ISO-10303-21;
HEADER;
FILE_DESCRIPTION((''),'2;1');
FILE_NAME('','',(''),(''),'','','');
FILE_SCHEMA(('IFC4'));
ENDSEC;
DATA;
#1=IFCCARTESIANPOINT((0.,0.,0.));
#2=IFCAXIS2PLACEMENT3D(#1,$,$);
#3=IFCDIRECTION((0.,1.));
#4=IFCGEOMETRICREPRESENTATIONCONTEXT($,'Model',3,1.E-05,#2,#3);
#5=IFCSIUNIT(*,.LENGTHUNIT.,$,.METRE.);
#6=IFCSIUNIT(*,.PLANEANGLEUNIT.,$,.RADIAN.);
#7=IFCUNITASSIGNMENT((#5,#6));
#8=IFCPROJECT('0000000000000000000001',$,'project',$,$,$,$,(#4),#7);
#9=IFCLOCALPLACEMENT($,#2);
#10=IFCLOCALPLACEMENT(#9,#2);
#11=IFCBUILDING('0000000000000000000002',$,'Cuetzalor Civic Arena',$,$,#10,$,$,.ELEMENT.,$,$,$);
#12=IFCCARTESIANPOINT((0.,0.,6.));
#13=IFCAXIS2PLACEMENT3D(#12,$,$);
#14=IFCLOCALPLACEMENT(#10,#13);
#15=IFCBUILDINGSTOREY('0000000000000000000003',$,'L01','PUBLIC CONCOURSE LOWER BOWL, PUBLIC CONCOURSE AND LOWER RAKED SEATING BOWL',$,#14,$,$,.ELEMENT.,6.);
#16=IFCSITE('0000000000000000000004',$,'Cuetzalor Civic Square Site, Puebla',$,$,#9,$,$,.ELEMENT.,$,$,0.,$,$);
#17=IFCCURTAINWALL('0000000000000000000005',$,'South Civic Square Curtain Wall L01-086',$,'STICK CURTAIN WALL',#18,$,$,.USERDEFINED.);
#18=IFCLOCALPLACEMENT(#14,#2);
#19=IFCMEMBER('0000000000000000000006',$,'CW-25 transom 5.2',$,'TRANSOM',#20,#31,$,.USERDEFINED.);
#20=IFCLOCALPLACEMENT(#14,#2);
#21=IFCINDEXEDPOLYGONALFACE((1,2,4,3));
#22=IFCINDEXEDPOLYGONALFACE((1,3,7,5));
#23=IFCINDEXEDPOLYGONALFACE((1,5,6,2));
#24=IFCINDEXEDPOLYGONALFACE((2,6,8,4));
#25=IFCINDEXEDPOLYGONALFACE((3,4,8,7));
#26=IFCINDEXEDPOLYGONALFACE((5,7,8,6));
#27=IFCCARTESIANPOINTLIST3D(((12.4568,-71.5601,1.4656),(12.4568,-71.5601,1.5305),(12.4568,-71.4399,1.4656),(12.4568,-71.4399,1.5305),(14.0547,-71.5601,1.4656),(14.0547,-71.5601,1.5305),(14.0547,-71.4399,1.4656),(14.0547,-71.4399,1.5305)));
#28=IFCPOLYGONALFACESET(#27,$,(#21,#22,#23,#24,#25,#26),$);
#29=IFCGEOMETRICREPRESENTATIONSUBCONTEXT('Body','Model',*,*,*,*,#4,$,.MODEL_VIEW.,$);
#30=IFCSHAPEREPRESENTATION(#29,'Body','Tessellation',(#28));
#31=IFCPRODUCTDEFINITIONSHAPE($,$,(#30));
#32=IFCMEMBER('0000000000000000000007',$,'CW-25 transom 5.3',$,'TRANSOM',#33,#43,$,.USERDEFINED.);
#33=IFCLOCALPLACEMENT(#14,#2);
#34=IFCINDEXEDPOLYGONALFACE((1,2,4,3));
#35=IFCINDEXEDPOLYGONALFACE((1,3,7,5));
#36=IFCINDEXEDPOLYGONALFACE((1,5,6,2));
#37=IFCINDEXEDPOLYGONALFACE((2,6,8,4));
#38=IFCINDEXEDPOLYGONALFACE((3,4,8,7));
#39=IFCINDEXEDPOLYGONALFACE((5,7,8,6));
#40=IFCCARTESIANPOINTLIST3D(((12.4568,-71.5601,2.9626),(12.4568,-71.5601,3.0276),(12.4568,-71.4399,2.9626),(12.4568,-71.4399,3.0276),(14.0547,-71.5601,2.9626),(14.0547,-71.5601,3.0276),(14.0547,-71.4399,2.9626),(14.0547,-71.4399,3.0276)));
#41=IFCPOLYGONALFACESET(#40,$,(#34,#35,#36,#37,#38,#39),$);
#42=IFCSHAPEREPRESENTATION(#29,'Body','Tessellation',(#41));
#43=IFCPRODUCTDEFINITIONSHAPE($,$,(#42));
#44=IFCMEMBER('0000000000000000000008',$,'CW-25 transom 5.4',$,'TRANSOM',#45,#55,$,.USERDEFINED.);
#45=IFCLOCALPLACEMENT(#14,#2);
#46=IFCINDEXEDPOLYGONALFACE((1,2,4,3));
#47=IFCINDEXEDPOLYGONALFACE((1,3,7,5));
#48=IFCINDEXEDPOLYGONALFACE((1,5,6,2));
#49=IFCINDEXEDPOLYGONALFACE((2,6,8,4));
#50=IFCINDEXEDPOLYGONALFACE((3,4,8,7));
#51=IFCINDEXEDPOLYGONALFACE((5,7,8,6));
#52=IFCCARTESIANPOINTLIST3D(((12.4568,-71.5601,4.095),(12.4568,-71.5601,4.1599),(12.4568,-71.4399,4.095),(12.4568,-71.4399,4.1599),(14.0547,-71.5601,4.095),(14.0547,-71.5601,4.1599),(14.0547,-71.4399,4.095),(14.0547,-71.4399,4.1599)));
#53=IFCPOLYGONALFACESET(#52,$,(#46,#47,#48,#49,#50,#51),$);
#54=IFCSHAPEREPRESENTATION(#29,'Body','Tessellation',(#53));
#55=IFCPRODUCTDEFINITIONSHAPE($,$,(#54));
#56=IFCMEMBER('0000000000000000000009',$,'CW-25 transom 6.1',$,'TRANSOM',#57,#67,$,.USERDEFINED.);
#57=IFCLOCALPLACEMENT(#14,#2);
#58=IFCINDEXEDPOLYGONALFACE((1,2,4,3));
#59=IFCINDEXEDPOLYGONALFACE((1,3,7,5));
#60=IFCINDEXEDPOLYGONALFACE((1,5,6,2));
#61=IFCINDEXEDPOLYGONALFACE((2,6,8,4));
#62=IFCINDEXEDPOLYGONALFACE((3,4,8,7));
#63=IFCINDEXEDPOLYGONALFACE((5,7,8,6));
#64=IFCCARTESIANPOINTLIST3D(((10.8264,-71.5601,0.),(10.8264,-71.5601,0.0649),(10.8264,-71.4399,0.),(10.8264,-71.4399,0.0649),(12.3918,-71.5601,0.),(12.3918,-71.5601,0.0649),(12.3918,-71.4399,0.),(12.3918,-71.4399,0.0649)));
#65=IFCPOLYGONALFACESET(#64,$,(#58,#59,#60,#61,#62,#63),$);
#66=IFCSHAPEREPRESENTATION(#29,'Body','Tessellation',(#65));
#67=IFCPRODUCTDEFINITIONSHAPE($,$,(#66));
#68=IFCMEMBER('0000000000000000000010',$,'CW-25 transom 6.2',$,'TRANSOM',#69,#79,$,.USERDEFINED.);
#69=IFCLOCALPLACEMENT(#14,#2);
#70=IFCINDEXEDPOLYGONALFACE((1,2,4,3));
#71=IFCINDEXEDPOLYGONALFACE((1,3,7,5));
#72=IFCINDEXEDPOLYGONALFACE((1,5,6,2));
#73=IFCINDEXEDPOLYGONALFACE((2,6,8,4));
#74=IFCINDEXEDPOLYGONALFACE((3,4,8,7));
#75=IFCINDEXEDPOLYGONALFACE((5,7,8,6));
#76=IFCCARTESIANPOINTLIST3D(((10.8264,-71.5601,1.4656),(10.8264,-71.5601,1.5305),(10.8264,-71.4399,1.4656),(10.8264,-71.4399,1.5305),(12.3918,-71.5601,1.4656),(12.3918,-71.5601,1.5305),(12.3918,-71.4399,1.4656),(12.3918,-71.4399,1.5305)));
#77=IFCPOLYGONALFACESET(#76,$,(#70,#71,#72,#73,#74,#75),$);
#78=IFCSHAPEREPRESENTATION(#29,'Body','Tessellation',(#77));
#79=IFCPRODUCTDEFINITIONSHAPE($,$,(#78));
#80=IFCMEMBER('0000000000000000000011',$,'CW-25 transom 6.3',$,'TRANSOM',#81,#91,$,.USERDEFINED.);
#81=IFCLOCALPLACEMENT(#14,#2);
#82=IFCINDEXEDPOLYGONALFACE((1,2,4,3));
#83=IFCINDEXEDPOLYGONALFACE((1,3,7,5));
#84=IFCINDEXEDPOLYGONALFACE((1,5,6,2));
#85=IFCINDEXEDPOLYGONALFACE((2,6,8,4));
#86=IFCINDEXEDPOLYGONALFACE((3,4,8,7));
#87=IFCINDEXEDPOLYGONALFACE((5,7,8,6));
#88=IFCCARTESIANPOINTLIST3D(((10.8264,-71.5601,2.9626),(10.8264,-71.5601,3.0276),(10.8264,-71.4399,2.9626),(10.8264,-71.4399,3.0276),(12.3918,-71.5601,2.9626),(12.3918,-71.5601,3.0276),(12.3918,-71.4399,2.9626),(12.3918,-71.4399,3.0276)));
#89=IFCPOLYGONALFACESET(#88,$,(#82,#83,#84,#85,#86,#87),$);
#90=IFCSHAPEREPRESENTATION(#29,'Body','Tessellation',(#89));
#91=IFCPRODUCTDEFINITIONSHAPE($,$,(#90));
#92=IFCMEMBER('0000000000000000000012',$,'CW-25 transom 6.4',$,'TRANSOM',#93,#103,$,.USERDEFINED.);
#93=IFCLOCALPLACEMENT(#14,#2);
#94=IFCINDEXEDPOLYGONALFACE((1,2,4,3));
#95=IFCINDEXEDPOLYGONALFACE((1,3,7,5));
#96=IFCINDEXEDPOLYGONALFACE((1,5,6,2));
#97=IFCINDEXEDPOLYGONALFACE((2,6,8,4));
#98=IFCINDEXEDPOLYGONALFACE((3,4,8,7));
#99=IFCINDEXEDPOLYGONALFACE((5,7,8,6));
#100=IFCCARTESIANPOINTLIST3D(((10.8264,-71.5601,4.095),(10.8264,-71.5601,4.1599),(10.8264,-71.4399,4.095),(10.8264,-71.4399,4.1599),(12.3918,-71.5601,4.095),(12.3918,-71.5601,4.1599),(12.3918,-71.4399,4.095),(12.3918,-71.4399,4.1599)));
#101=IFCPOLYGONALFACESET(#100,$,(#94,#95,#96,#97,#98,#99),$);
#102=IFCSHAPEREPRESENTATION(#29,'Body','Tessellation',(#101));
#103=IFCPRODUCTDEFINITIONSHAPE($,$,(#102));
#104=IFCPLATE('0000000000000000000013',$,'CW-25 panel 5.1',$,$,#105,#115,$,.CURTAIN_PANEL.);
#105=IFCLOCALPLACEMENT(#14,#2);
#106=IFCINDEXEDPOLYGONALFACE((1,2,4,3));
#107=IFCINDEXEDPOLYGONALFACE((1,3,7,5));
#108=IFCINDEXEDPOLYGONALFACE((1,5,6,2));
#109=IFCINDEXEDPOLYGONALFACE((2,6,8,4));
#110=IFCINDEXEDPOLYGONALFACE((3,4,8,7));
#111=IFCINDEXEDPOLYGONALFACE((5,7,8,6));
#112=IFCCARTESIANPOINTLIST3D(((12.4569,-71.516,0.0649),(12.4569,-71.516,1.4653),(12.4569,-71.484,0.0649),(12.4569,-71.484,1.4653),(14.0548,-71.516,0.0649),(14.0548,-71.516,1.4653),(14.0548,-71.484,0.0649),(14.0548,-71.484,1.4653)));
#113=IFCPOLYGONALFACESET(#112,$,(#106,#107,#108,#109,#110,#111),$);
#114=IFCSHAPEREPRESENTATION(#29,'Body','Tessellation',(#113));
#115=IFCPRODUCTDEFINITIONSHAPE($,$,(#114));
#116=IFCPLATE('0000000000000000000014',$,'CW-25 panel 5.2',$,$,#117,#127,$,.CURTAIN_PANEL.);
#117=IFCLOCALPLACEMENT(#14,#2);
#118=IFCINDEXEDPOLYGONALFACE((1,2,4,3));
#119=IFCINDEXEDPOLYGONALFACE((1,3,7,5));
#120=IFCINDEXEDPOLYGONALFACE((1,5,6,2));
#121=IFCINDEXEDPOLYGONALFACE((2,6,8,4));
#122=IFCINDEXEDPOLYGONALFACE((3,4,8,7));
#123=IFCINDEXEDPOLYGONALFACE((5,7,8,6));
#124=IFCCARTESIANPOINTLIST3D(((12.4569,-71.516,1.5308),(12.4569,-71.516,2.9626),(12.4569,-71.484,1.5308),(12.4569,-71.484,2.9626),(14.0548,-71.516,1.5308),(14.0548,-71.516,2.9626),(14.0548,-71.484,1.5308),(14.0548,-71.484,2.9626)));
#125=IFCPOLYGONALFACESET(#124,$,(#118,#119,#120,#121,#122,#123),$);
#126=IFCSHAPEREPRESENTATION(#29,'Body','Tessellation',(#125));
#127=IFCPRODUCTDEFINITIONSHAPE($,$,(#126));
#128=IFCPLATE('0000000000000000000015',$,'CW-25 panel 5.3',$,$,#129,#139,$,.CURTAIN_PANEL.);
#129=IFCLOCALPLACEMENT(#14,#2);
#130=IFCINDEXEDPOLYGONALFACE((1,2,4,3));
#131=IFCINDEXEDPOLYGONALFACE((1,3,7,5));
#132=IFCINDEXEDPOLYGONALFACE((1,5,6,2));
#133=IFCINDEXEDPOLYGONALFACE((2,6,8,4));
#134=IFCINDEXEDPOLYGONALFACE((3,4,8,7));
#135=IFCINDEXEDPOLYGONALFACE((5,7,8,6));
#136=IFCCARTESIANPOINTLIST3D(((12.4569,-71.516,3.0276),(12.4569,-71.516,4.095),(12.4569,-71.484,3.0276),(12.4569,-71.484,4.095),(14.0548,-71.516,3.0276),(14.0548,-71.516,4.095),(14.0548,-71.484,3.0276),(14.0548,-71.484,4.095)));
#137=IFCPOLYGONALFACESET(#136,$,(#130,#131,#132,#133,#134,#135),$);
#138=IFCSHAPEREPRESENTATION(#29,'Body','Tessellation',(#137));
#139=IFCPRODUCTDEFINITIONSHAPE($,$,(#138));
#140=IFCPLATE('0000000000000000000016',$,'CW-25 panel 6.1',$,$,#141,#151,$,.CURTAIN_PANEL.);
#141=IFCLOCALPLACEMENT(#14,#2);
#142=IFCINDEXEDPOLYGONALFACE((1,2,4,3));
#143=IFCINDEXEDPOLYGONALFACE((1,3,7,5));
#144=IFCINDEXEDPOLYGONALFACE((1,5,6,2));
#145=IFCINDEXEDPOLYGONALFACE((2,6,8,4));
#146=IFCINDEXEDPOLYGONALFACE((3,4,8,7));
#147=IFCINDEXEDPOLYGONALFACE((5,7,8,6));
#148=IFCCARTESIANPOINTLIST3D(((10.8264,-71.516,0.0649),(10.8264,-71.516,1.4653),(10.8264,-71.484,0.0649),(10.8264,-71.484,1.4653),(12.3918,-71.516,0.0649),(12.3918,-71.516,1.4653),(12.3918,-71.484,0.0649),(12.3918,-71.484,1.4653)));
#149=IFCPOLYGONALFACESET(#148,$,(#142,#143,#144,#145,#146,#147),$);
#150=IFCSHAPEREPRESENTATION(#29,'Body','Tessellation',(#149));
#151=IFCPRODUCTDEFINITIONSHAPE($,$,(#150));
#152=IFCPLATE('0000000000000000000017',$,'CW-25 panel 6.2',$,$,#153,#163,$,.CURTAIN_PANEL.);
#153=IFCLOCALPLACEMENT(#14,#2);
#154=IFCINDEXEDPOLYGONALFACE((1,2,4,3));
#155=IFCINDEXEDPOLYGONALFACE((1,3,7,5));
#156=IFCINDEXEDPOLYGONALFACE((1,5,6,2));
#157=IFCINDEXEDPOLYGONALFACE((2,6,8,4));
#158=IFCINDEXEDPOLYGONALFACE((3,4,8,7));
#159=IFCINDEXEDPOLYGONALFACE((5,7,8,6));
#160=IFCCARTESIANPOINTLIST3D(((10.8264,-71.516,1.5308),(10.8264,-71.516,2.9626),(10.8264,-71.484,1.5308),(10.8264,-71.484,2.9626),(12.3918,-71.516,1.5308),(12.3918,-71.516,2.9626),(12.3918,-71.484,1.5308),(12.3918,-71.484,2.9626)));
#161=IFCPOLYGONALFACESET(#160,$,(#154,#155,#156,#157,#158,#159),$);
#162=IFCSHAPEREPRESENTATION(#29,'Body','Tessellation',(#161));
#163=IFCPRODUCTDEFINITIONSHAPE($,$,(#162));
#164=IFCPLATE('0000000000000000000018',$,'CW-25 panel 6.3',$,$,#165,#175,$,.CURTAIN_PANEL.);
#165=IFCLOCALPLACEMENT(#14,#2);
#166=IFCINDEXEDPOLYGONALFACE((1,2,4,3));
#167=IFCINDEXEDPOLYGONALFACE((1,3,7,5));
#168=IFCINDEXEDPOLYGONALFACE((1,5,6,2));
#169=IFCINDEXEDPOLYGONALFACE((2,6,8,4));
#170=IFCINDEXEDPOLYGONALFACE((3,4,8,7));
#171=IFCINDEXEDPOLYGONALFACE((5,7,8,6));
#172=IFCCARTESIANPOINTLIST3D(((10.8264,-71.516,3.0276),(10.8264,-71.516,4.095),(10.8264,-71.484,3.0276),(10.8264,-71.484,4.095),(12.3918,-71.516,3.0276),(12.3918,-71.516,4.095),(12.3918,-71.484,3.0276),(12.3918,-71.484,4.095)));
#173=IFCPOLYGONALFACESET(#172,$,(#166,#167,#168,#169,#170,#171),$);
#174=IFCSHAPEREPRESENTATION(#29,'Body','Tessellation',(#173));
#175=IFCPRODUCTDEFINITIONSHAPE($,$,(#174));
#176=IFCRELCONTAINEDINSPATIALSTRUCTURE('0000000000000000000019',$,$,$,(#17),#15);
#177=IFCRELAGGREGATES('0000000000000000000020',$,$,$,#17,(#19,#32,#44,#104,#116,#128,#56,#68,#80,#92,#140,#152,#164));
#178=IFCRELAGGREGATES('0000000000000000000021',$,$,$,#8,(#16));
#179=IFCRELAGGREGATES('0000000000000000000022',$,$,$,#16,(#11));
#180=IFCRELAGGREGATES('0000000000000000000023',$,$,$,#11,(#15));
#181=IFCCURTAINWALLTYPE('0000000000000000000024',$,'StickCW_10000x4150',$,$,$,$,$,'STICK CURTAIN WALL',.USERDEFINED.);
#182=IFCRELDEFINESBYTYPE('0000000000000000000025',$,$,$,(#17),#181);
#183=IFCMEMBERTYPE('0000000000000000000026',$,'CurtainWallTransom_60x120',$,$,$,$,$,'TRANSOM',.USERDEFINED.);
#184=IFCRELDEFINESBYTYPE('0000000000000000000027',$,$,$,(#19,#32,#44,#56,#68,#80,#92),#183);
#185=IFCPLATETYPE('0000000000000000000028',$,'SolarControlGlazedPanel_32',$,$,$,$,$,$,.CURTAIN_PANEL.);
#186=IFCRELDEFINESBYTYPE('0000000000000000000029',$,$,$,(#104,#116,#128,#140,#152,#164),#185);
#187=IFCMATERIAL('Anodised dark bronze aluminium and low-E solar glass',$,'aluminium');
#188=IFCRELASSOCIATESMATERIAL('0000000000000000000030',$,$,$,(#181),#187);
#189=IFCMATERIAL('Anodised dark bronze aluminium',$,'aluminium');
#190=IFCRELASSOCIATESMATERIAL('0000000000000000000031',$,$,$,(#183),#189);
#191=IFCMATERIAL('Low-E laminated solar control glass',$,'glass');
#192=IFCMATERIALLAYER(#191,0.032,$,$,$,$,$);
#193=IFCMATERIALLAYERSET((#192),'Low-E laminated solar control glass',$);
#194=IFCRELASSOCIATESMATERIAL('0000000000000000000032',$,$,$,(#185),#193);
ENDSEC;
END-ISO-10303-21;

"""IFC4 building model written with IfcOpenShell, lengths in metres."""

from ifc_helpers import new_model, si_unit, direction, frame, origin, origin_2d, place, context, subcontext, project, spatial, rectangle, extrude, material, layer, layer_set, material_profile, profile_set, type_object, element, aggregate, save


model = new_model("IFC4")

# Units and contexts
model_context = context("Model", 3, precision=1e-05, world=origin(), true_north=direction((0.0, 1.0)))
body_context = subcontext(model_context, "Body", "Model", "MODEL_VIEW")
ifc_project = project(units=[si_unit("LENGTHUNIT", "METRE"), si_unit("PLANEANGLEUNIT", "RADIAN")], contexts=[model_context])

# Site, building, storey
site_placement = place(None, origin())
site = spatial("IfcSite", under=ifc_project, at=site_placement, Name="Cuetzalor Civic Square Site, Puebla", CompositionType="ELEMENT", RefElevation=0.0)
building_placement = place(site_placement, origin())
building = spatial("IfcBuilding", under=site, at=building_placement, Name="Cuetzalor Civic Arena", CompositionType="ELEMENT")
storey_placement = place(building_placement, frame((0.0, 0.0, 6.0)))
storey = spatial("IfcBuildingStorey", under=building, at=storey_placement, Name="L01", Description="PUBLIC CONCOURSE LOWER BOWL, PUBLIC CONCOURSE AND LOWER RAKED SEATING BOWL", CompositionType="ELEMENT", Elevation=6.0)

# Curtain wall
ifc_material_1 = material(Name="Anodised dark bronze aluminium and low-E solar glass", Category="aluminium")
curtain_wall_type_1 = type_object("IfcCurtainWallType", Name="StickCW_10000x4150", ElementType="STICK CURTAIN WALL", PredefinedType="USERDEFINED", material=ifc_material_1)
curtain_wall_1_placement = place(storey_placement, origin())
curtain_wall_1 = element("IfcCurtainWall", 1, at=curtain_wall_1_placement, inside=storey, type_object=curtain_wall_type_1, Name="South Civic Square Curtain Wall L01-086", ObjectType="STICK CURTAIN WALL", PredefinedType="USERDEFINED")

# Members
ifc_material_2 = material(Name="Anodised dark bronze aluminium", Category="aluminium")
ifc_material_profile_1 = material_profile(ifc_material_2, rectangle(XDim=0.1201, YDim=0.0649, at=origin_2d()), Name="ALU TRANSOM 65x120")
ifc_profile_set_1 = profile_set([ifc_material_profile_1], Name="Anodised dark bronze aluminium")
member_type_1 = type_object("IfcMemberType", Name="CurtainWallTransom_60x120", ElementType="TRANSOM", PredefinedType="USERDEFINED", material=ifc_profile_set_1)
member_1_placement = place(storey_placement, frame((14.0547, -71.5, 1.498), z_axis=(-1.0, 0.0, 0.0), x_axis=(0.0, -1.0, 0.0)))
member_1 = element("IfcMember", 2, at=member_1_placement, type_object=member_type_1, Name="CW-25 transom 5.2", ObjectType="TRANSOM", PredefinedType="USERDEFINED", context=body_context, shape_type="SweptSolid", body=[
    extrude(rectangle(XDim=0.1201, YDim=0.0649, at=origin_2d()), origin(), (0.0, 0.0, 1.0), 1.5979),
])
member_2_placement = place(storey_placement, frame((14.0547, -71.5, 2.9951), z_axis=(-1.0, 0.0, 0.0), x_axis=(0.0, -1.0, 0.0)))
member_2 = element("IfcMember", 3, at=member_2_placement, type_object=member_type_1, Name="CW-25 transom 5.3", ObjectType="TRANSOM", PredefinedType="USERDEFINED", context=body_context, shape_type="SweptSolid", body=[
    extrude(rectangle(XDim=0.1201, YDim=0.0649, at=origin_2d()), origin(), (0.0, 0.0, 1.0), 1.5979),
])
member_3_placement = place(storey_placement, frame((14.0547, -71.5, 4.1274), z_axis=(-1.0, 0.0, 0.0), x_axis=(0.0, -1.0, 0.0)))
member_3 = element("IfcMember", 4, at=member_3_placement, type_object=member_type_1, Name="CW-25 transom 5.4", ObjectType="TRANSOM", PredefinedType="USERDEFINED", context=body_context, shape_type="SweptSolid", body=[
    extrude(rectangle(XDim=0.1201, YDim=0.0649, at=origin_2d()), origin(), (0.0, 0.0, 1.0), 1.5979),
])
member_4_placement = place(storey_placement, frame((12.3918, -71.5, 0.0325), z_axis=(-1.0, 0.0, 0.0), x_axis=(0.0, -1.0, 0.0)))
member_4 = element("IfcMember", 5, at=member_4_placement, type_object=member_type_1, Name="CW-25 transom 6.1", ObjectType="TRANSOM", PredefinedType="USERDEFINED", context=body_context, shape_type="SweptSolid", body=[
    extrude(rectangle(XDim=0.1201, YDim=0.0649, at=origin_2d()), origin(), (0.0, 0.0, 1.0), 1.5654),
])
member_5_placement = place(storey_placement, frame((12.3918, -71.5, 1.498), z_axis=(-1.0, 0.0, 0.0), x_axis=(0.0, -1.0, 0.0)))
member_5 = element("IfcMember", 6, at=member_5_placement, type_object=member_type_1, Name="CW-25 transom 6.2", ObjectType="TRANSOM", PredefinedType="USERDEFINED", context=body_context, shape_type="SweptSolid", body=[
    extrude(rectangle(XDim=0.1201, YDim=0.0649, at=origin_2d()), origin(), (0.0, 0.0, 1.0), 1.5654),
])
member_6_placement = place(storey_placement, frame((12.3918, -71.5, 2.9951), z_axis=(-1.0, 0.0, 0.0), x_axis=(0.0, -1.0, 0.0)))
member_6 = element("IfcMember", 7, at=member_6_placement, type_object=member_type_1, Name="CW-25 transom 6.3", ObjectType="TRANSOM", PredefinedType="USERDEFINED", context=body_context, shape_type="SweptSolid", body=[
    extrude(rectangle(XDim=0.1201, YDim=0.0649, at=origin_2d()), origin(), (0.0, 0.0, 1.0), 1.5654),
])
member_7_placement = place(storey_placement, frame((12.3918, -71.5, 4.1274), z_axis=(-1.0, 0.0, 0.0), x_axis=(0.0, -1.0, 0.0)))
member_7 = element("IfcMember", 8, at=member_7_placement, type_object=member_type_1, Name="CW-25 transom 6.4", ObjectType="TRANSOM", PredefinedType="USERDEFINED", context=body_context, shape_type="SweptSolid", body=[
    extrude(rectangle(XDim=0.1201, YDim=0.0649, at=origin_2d()), origin(), (0.0, 0.0, 1.0), 1.5654),
])

# Plates
ifc_material_3 = material(Name="Low-E laminated solar control glass", Category="glass")
ifc_layer = layer(ifc_material_3, 0.032)
ifc_layer_set = layer_set([ifc_layer], Name="Low-E laminated solar control glass")
plate_type = type_object("IfcPlateType", Name="SolarControlGlazedPanel_32", PredefinedType="CURTAIN_PANEL", material=ifc_layer_set)
plate_1_placement = place(storey_placement, frame((13.2559, -71.5, 0.0649), z_axis=(0.0, 0.0, 1.0), x_axis=(-1.0, 0.0, 0.0)))
plate_1 = element("IfcPlate", 9, at=plate_1_placement, type_object=plate_type, Name="CW-25 panel 5.1", PredefinedType="CURTAIN_PANEL", context=body_context, shape_type="SweptSolid", body=[
    extrude(rectangle(XDim=1.5979, YDim=0.032, at=origin_2d()), origin(), (0.0, 0.0, 1.0), 1.4004),
])
plate_2_placement = place(storey_placement, frame((13.2559, -71.5, 1.5308), z_axis=(0.0, 0.0, 1.0), x_axis=(-1.0, 0.0, 0.0)))
plate_2 = element("IfcPlate", 10, at=plate_2_placement, type_object=plate_type, Name="CW-25 panel 5.2", PredefinedType="CURTAIN_PANEL", context=body_context, shape_type="SweptSolid", body=[
    extrude(rectangle(XDim=1.5979, YDim=0.032, at=origin_2d()), origin(), (0.0, 0.0, 1.0), 1.4319),
])
plate_3_placement = place(storey_placement, frame((13.2559, -71.5, 3.0276), z_axis=(0.0, 0.0, 1.0), x_axis=(-1.0, 0.0, 0.0)))
plate_3 = element("IfcPlate", 11, at=plate_3_placement, type_object=plate_type, Name="CW-25 panel 5.3", PredefinedType="CURTAIN_PANEL", context=body_context, shape_type="SweptSolid", body=[
    extrude(rectangle(XDim=1.5979, YDim=0.032, at=origin_2d()), origin(), (0.0, 0.0, 1.0), 1.0674),
])
plate_4_placement = place(storey_placement, frame((11.6091, -71.5, 0.0649), z_axis=(0.0, 0.0, 1.0), x_axis=(-1.0, 0.0, 0.0)))
plate_4 = element("IfcPlate", 12, at=plate_4_placement, type_object=plate_type, Name="CW-25 panel 6.1", PredefinedType="CURTAIN_PANEL", context=body_context, shape_type="SweptSolid", body=[
    extrude(rectangle(XDim=1.5654, YDim=0.032, at=origin_2d()), origin(), (0.0, 0.0, 1.0), 1.4004),
])
plate_5_placement = place(storey_placement, frame((11.6091, -71.5, 1.5308), z_axis=(0.0, 0.0, 1.0), x_axis=(-1.0, 0.0, 0.0)))
plate_5 = element("IfcPlate", 13, at=plate_5_placement, type_object=plate_type, Name="CW-25 panel 6.2", PredefinedType="CURTAIN_PANEL", context=body_context, shape_type="SweptSolid", body=[
    extrude(rectangle(XDim=1.5654, YDim=0.032, at=origin_2d()), origin(), (0.0, 0.0, 1.0), 1.4319),
])
plate_6_placement = place(storey_placement, frame((11.6091, -71.5, 3.0276), z_axis=(0.0, 0.0, 1.0), x_axis=(-1.0, 0.0, 0.0)))
plate_6 = element("IfcPlate", 14, at=plate_6_placement, type_object=plate_type, Name="CW-25 panel 6.3", PredefinedType="CURTAIN_PANEL", context=body_context, shape_type="SweptSolid", body=[
    extrude(rectangle(XDim=1.5654, YDim=0.032, at=origin_2d()), origin(), (0.0, 0.0, 1.0), 1.0674),
])
aggregate(curtain_wall_1, [member_1, member_2, member_3, plate_1, plate_2, plate_3, member_4, member_5, member_6, member_7, plate_4, plate_5, plate_6])

save(model, "model.ifc")
